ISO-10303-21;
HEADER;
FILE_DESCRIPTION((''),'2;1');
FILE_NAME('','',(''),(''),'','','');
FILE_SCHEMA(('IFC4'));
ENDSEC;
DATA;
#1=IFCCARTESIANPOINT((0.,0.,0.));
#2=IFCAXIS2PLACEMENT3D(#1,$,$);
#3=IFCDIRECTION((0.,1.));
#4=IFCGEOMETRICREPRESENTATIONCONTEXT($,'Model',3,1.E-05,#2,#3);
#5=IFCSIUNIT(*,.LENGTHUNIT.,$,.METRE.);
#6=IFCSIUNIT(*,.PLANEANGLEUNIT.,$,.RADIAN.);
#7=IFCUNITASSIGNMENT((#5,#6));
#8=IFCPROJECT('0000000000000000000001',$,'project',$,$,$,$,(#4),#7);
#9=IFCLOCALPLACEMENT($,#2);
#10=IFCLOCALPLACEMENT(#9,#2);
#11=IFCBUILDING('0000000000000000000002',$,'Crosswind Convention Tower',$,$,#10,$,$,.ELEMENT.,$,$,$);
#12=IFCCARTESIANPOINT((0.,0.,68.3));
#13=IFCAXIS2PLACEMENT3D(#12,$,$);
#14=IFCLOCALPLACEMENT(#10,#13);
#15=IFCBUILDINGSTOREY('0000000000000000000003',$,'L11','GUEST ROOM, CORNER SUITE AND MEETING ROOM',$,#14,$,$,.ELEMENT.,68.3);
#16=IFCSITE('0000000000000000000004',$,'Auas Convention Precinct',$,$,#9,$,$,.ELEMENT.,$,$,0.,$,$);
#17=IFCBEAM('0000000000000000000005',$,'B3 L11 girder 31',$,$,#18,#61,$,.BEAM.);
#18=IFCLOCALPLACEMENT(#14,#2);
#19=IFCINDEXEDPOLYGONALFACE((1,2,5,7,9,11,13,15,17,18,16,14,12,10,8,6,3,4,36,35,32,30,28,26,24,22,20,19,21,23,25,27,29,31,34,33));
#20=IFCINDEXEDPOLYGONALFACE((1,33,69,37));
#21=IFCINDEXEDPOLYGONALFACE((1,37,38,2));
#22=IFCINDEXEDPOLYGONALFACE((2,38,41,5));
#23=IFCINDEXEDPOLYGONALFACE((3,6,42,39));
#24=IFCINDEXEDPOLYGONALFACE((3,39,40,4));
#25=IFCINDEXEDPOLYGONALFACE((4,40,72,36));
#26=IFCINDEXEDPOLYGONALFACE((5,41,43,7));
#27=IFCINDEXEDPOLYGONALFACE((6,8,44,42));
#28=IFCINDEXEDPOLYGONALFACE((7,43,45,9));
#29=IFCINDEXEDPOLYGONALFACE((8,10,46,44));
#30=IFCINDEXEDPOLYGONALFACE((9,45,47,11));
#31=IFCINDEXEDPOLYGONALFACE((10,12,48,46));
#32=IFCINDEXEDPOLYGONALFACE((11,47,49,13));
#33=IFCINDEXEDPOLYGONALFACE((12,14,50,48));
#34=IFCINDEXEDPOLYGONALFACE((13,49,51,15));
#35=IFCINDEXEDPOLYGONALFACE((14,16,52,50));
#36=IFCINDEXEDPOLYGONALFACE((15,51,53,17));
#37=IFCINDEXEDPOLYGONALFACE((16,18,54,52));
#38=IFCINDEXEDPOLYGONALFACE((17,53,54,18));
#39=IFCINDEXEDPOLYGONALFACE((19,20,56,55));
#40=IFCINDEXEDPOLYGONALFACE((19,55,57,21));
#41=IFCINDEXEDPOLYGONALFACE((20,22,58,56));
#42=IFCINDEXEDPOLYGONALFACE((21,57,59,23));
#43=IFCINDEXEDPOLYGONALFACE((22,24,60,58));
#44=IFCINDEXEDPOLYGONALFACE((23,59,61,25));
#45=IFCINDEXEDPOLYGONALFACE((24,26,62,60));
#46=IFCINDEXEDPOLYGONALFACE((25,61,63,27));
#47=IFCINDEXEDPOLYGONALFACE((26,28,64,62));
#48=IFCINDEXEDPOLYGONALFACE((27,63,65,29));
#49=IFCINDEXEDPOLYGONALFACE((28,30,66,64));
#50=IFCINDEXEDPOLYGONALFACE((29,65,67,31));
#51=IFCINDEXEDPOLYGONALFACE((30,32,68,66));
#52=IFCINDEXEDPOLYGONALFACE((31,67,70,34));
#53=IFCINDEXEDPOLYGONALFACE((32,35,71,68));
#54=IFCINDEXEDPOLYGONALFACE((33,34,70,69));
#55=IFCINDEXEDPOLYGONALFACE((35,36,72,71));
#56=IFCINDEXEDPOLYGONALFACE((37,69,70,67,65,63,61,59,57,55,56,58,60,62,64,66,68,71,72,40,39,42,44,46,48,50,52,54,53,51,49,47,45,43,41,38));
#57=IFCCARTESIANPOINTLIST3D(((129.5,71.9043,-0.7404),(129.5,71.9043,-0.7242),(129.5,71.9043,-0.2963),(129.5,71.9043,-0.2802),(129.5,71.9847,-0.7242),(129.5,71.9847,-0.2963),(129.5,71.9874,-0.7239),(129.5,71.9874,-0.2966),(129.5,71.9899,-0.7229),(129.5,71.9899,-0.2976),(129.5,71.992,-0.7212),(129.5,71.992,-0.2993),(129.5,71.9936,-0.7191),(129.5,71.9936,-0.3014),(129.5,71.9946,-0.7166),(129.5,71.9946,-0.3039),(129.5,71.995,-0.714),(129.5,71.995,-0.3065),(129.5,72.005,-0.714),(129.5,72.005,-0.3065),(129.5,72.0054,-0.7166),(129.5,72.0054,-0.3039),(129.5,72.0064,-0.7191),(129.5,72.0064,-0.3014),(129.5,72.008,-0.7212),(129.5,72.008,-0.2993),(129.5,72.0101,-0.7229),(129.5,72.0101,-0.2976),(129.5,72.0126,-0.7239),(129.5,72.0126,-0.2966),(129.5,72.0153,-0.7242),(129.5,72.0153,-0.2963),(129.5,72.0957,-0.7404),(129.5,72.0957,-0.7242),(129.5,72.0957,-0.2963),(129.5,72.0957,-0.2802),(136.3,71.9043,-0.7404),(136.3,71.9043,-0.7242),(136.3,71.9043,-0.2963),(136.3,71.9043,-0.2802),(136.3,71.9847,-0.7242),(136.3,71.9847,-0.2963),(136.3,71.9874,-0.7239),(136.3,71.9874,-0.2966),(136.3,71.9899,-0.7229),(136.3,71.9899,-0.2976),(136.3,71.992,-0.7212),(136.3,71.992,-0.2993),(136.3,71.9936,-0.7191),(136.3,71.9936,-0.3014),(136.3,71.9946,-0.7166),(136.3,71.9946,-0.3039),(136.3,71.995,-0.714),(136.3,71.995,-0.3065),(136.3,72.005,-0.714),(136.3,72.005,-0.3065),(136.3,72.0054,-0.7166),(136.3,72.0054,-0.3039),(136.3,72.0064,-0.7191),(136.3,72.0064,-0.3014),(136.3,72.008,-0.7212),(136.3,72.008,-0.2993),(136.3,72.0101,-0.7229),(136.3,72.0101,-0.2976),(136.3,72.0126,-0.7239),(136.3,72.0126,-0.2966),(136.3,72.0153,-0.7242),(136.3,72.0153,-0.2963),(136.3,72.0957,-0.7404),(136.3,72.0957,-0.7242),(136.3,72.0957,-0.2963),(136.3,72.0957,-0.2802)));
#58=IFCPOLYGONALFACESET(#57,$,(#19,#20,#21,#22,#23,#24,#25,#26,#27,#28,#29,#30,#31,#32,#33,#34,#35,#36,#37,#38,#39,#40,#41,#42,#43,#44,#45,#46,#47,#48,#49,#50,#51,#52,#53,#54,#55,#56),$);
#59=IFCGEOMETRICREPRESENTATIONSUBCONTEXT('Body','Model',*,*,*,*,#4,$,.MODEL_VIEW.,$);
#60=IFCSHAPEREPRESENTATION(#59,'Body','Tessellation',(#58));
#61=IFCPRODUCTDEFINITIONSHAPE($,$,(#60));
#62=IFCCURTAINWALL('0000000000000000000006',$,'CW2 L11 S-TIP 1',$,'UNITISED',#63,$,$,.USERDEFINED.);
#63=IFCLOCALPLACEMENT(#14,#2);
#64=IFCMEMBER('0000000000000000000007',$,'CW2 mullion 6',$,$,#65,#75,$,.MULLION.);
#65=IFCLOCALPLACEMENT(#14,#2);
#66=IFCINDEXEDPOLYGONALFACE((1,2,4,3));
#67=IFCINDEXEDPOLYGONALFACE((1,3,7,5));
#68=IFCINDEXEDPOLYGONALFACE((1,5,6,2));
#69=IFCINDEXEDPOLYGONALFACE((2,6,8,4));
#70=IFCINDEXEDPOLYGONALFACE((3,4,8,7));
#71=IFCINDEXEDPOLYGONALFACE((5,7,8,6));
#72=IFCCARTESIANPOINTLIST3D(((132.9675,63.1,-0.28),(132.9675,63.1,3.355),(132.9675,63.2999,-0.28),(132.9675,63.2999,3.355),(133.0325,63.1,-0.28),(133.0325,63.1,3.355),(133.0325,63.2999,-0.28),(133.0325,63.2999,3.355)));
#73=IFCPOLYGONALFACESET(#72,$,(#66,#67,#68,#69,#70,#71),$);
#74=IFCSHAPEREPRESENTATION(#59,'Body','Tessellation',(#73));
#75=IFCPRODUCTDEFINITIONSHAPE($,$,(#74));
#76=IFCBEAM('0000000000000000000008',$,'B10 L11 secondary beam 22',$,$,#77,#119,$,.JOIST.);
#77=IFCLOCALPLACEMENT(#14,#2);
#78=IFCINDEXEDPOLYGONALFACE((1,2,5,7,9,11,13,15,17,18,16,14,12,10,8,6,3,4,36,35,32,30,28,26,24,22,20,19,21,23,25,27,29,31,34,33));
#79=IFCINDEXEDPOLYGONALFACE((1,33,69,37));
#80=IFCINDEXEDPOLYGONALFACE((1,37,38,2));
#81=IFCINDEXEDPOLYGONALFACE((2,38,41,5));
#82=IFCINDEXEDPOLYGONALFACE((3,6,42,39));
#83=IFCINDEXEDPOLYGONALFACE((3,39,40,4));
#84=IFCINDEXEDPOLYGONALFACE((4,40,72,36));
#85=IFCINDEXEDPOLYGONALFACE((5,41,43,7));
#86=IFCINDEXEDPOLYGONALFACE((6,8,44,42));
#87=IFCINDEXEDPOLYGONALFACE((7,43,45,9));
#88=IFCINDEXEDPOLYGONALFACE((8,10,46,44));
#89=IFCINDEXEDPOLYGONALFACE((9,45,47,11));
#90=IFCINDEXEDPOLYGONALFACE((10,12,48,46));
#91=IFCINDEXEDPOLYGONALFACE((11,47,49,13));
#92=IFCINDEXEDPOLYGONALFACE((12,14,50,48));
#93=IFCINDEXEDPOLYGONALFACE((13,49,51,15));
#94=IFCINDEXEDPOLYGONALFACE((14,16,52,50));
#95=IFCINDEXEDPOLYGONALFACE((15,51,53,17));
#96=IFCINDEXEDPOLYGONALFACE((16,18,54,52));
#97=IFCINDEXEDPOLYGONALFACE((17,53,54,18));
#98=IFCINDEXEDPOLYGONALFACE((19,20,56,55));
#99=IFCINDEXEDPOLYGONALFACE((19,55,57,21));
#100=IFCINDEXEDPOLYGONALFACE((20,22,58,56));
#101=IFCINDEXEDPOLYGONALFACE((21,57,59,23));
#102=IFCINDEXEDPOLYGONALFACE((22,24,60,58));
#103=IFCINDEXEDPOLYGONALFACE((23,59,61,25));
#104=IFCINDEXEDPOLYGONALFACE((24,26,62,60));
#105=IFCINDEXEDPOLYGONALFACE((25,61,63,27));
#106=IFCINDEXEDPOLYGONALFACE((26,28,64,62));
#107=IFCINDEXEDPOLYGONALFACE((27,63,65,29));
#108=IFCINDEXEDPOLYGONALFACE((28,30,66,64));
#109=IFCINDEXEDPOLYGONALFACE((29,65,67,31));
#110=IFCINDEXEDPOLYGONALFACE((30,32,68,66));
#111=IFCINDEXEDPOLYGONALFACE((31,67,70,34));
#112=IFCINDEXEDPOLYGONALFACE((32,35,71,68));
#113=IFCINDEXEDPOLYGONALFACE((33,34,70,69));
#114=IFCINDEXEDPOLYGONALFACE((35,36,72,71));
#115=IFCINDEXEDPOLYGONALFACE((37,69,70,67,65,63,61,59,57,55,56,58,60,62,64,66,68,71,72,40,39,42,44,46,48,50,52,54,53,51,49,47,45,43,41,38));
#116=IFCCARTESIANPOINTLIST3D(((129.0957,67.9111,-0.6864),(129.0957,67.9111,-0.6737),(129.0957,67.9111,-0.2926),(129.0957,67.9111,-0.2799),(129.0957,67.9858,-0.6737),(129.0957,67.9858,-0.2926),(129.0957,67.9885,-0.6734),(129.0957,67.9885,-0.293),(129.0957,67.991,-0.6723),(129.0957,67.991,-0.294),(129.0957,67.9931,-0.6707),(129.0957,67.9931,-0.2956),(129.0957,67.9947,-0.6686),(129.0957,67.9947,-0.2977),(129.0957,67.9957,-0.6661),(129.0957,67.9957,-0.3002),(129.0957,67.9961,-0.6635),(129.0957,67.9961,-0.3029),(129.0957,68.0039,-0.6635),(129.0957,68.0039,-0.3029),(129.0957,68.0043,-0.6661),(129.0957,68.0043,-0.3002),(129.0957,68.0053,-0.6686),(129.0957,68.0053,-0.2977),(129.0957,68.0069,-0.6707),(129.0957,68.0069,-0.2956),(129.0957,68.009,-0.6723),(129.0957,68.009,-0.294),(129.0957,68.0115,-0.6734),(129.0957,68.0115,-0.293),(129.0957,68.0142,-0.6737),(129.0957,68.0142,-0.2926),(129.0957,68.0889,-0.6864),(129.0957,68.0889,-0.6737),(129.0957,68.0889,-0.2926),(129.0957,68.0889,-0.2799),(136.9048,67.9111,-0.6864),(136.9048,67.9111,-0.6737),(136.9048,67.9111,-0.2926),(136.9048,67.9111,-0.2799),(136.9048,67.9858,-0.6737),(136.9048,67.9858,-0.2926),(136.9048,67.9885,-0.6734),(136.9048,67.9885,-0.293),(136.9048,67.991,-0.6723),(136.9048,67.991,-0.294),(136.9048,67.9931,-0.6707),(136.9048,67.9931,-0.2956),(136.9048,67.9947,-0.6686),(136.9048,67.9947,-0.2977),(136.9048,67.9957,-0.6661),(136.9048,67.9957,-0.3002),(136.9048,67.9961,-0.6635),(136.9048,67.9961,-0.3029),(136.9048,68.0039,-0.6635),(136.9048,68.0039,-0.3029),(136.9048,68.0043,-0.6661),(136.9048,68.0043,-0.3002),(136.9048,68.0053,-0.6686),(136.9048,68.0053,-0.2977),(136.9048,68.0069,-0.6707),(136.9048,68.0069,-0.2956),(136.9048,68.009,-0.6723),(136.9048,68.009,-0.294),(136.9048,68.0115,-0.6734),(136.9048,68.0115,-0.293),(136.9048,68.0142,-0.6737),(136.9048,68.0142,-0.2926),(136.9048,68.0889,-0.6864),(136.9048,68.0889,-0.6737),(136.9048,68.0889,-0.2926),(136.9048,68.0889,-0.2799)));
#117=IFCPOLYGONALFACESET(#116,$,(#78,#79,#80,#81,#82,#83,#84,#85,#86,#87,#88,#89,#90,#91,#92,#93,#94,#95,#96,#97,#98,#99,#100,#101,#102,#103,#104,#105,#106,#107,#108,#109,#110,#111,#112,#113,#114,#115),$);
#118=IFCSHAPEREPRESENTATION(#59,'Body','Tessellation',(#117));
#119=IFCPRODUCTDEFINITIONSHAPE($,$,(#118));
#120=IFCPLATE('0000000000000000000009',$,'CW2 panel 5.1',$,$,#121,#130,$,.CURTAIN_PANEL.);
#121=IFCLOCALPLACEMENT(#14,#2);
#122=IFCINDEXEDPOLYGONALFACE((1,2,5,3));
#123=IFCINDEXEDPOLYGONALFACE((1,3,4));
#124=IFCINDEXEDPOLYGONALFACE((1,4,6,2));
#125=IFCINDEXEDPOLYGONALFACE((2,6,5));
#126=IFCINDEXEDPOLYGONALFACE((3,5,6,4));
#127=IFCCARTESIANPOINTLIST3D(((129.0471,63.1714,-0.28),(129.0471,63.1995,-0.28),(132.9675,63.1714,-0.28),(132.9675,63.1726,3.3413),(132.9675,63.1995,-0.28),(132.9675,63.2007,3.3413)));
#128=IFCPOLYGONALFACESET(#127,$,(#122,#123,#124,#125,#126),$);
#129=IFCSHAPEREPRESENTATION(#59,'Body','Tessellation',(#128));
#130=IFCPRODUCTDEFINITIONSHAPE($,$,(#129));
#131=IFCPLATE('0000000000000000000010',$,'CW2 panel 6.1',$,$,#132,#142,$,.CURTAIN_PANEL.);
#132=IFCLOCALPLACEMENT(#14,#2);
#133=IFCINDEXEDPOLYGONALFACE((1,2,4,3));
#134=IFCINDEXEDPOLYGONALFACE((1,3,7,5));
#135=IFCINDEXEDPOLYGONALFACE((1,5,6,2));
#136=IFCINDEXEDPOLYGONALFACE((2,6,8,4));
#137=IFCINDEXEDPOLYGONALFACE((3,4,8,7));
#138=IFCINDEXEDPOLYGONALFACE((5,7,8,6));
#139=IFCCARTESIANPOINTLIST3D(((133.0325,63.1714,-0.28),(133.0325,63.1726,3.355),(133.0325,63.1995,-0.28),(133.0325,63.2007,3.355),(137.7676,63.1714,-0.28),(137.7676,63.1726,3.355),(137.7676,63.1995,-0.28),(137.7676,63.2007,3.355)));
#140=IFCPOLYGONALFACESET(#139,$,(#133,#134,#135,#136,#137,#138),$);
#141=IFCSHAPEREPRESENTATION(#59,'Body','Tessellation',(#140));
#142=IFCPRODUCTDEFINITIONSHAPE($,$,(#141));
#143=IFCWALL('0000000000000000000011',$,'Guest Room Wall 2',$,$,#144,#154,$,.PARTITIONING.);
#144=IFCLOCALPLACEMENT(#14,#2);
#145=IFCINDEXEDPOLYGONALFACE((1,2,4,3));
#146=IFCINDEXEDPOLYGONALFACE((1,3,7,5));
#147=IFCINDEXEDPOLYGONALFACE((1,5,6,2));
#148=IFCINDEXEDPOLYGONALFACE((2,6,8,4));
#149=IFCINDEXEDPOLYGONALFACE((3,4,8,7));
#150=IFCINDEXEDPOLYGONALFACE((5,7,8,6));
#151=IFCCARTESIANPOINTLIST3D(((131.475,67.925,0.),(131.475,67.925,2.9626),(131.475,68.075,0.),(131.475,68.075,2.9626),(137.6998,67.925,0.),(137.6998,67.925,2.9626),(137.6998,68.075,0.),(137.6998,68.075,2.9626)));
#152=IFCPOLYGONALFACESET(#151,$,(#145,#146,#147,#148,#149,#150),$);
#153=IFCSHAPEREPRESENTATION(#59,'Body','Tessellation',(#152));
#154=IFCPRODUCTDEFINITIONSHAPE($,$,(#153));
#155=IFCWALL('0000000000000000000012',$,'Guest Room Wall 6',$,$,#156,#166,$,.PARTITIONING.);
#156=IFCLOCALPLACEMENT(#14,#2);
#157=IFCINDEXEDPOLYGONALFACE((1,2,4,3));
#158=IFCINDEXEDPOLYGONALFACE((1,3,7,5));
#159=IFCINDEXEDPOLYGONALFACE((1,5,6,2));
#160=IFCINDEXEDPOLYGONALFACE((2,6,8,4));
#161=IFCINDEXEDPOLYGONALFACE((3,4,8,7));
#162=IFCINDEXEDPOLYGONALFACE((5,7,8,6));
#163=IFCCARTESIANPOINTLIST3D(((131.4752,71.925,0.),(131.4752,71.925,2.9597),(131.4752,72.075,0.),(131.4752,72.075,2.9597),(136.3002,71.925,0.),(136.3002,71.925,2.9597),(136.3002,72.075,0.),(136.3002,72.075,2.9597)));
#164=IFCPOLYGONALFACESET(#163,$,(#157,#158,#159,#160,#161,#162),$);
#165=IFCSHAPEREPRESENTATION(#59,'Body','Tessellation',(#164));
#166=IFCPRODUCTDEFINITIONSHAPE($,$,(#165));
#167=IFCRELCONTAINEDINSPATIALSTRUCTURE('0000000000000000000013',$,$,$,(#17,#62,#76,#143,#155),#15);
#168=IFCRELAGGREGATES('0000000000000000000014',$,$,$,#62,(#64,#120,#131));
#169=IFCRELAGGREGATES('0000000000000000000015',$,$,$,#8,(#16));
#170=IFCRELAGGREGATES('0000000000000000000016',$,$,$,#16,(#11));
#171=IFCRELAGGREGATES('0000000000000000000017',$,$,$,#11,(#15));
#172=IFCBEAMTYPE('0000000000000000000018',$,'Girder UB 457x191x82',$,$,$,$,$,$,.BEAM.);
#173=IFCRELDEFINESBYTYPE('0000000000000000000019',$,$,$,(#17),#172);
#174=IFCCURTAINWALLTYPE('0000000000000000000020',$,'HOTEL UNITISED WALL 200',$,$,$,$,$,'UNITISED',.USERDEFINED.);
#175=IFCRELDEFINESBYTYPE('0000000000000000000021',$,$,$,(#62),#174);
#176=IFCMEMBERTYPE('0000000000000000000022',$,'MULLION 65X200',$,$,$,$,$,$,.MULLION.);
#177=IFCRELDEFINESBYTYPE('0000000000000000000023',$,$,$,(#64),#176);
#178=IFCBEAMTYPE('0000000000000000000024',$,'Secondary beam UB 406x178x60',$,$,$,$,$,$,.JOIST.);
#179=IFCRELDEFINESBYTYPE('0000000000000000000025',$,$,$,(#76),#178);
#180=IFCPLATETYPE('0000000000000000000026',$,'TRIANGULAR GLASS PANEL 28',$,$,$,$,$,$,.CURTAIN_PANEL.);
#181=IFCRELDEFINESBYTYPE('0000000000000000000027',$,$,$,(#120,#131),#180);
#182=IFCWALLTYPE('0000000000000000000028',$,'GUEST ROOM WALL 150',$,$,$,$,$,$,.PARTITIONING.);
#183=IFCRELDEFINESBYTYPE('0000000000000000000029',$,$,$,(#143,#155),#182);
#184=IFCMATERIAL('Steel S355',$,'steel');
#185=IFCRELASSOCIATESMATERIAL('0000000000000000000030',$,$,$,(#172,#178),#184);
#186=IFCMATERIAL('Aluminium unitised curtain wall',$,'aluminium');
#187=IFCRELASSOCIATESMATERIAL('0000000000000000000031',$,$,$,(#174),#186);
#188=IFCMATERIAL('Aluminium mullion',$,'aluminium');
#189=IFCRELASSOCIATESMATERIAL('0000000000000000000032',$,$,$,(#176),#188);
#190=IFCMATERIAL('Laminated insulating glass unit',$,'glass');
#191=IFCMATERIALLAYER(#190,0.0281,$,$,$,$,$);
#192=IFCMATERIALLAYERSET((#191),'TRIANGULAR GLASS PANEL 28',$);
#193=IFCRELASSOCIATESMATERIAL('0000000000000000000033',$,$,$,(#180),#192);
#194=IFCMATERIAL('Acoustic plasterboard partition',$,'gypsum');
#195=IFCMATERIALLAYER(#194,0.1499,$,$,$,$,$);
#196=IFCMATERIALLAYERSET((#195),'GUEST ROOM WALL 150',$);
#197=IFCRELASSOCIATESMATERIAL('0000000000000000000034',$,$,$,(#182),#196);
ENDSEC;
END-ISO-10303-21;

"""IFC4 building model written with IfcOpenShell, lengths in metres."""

from ifc_helpers import new_model, si_unit, direction, frame, frame_2d, origin, origin_2d, place, context, subcontext, project, spatial, polyline, rectangle, i_section, outline, extrude, material, layer, layer_set, material_profile, profile_set, type_object, element, aggregate, save


model = new_model("IFC4")

# Units and contexts
model_context = context("Model", 3, precision=1e-05, world=origin(), true_north=direction((0.0, 1.0)))
body_context = subcontext(model_context, "Body", "Model", "MODEL_VIEW")
ifc_project = project(units=[si_unit("LENGTHUNIT", "METRE"), si_unit("PLANEANGLEUNIT", "RADIAN")], contexts=[model_context])

# Site, building, storey
site_placement = place(None, origin())
site = spatial("IfcSite", under=ifc_project, at=site_placement, Name="Auas Convention Precinct", CompositionType="ELEMENT", RefElevation=0.0)
building_placement = place(site_placement, origin())
building = spatial("IfcBuilding", under=site, at=building_placement, Name="Crosswind Convention Tower", CompositionType="ELEMENT")
storey_placement = place(building_placement, frame((0.0, 0.0, 68.3)))
storey = spatial("IfcBuildingStorey", under=building, at=storey_placement, Name="L11", Description="GUEST ROOM, CORNER SUITE AND MEETING ROOM", CompositionType="ELEMENT", Elevation=68.3)

# Beam
ifc_material_1 = material(Name="Steel S355", Category="steel")
ifc_material_profile_1 = material_profile(ifc_material_1, i_section(OverallWidth=0.1914, OverallDepth=0.4602, WebThickness=0.01, FlangeThickness=0.0161, FilletRadius=0.0103, at=origin_2d()), Name="UB 457x191x82")
ifc_profile_set_1 = profile_set([ifc_material_profile_1], Name="Steel S355")
beam_type_1 = type_object("IfcBeamType", Name="Girder UB 457x191x82", PredefinedType="BEAM", material=ifc_profile_set_1)
beam_1_placement = place(storey_placement, frame((129.5, 72.0, -0.5103), z_axis=(1.0, 0.0, 0.0), x_axis=(0.0, 1.0, 0.0)))
element("IfcBeam", 1, at=beam_1_placement, inside=storey, type_object=beam_type_1, Name="B3 L11 girder 31", PredefinedType="BEAM", context=body_context, shape_type="SweptSolid", body=[
    extrude(i_section(OverallWidth=0.1914, OverallDepth=0.4602, WebThickness=0.01, FlangeThickness=0.0161, FilletRadius=0.0103, at=origin_2d()), origin(), (0.0, 0.0, 1.0), 6.8),
])

# Curtain wall, member
ifc_material_2 = material(Name="Aluminium unitised curtain wall", Category="aluminium")
curtain_wall_type = type_object("IfcCurtainWallType", Name="HOTEL UNITISED WALL 200", ElementType="UNITISED", PredefinedType="USERDEFINED", material=ifc_material_2)
curtain_wall_placement = place(storey_placement, origin())
curtain_wall = element("IfcCurtainWall", 2, at=curtain_wall_placement, inside=storey, type_object=curtain_wall_type, Name="CW2 L11 S-TIP 1", ObjectType="UNITISED", PredefinedType="USERDEFINED")
ifc_material_3 = material(Name="Aluminium mullion", Category="aluminium")
ifc_material_profile_2 = material_profile(ifc_material_3, rectangle(XDim=0.2, YDim=0.0649, at=origin_2d()), Name="AL 200X65")
ifc_profile_set_2 = profile_set([ifc_material_profile_2], Name="Aluminium mullion")
member_type = type_object("IfcMemberType", Name="MULLION 65X200", PredefinedType="MULLION", material=ifc_profile_set_2)
member_placement = place(storey_placement, frame((133.0, 63.2, -0.28), z_axis=(0.0, 0.0, 1.0), x_axis=(0.0, -1.0, 0.0)))
member = element("IfcMember", 3, at=member_placement, type_object=member_type, Name="CW2 mullion 6", PredefinedType="MULLION", context=body_context, shape_type="SweptSolid", body=[
    extrude(rectangle(XDim=0.2, YDim=0.0649, at=origin_2d()), origin(), (0.0, 0.0, 1.0), 3.635),
])

# Beam
ifc_material_profile_3 = material_profile(ifc_material_1, i_section(OverallWidth=0.1777, OverallDepth=0.4065, WebThickness=0.0078, FlangeThickness=0.0127, FilletRadius=0.0103, at=origin_2d()), Name="UB 406x178x60")
ifc_profile_set_3 = profile_set([ifc_material_profile_3], Name="Steel S355")
beam_type_2 = type_object("IfcBeamType", Name="Secondary beam UB 406x178x60", PredefinedType="JOIST", material=ifc_profile_set_3)
beam_2_placement = place(storey_placement, frame((129.0957, 68.0, -0.4832), z_axis=(1.0, 0.0, 0.0), x_axis=(0.0, 1.0, 0.0)))
element("IfcBeam", 4, at=beam_2_placement, inside=storey, type_object=beam_type_2, Name="B10 L11 secondary beam 22", PredefinedType="JOIST", context=body_context, shape_type="SweptSolid", body=[
    extrude(i_section(OverallWidth=0.1777, OverallDepth=0.4065, WebThickness=0.0078, FlangeThickness=0.0127, FilletRadius=0.0103, at=origin_2d()), origin(), (0.0, 0.0, 1.0), 7.8091),
])

# Plates
ifc_material_4 = material(Name="Laminated insulating glass unit", Category="glass")
ifc_layer_1 = layer(ifc_material_4, 0.0281)
ifc_layer_set_1 = layer_set([ifc_layer_1], Name="TRIANGULAR GLASS PANEL 28")
plate_type = type_object("IfcPlateType", Name="TRIANGULAR GLASS PANEL 28", PredefinedType="CURTAIN_PANEL", material=ifc_layer_set_1)
plate_1_placement = place(storey_placement, frame((132.9675, 63.1714, -0.28), z_axis=(0.0, -1.0, 0.000337), x_axis=(0.0, 0.000337, 1.0)))
plate_1 = element("IfcPlate", 5, at=plate_1_placement, type_object=plate_type, Name="CW2 panel 5.1", PredefinedType="CURTAIN_PANEL", context=body_context, shape_type="SweptSolid", body=[
    extrude(outline(polyline([(0.0, 0.0), (3.6213, 0.0), (0.0, 3.9204), (0.0, 0.0)])), origin(), (0.0, 0.0, -1.0), 0.0281),
])
plate_2_placement = place(storey_placement, frame((133.0325, 63.1714, -0.28), z_axis=(0.0, -1.0, 0.000336), x_axis=(1.0, 0.0, 0.0)))
plate_2 = element("IfcPlate", 6, at=plate_2_placement, type_object=plate_type, Name="CW2 panel 6.1", PredefinedType="CURTAIN_PANEL", context=body_context, shape_type="SweptSolid", body=[
    extrude(outline(polyline([(0.0, 0.0), (4.7351, 0.0), (4.7351, 3.635), (0.0, 3.635), (0.0, 0.0)])), origin(), (0.0, 0.0, -1.0), 0.0281),
])
aggregate(curtain_wall, [member, plate_1, plate_2])

# Walls
ifc_material_5 = material(Name="Acoustic plasterboard partition", Category="gypsum")
ifc_layer_2 = layer(ifc_material_5, 0.1499)
ifc_layer_set_2 = layer_set([ifc_layer_2], Name="GUEST ROOM WALL 150")
wall_type_1 = type_object("IfcWallType", Name="GUEST ROOM WALL 150", PredefinedType="PARTITIONING", material=ifc_layer_set_2)
wall_1_placement = place(storey_placement, frame((131.4751, 68.0, 0.0), z_axis=(0.0, 0.0, 1.0), x_axis=(1.0, 0.0, 0.0)))
element("IfcWall", 7, at=wall_1_placement, inside=storey, type_object=wall_type_1, Name="Guest Room Wall 2", PredefinedType="PARTITIONING", context=body_context, shape_type="SweptSolid", body=[
    extrude(rectangle(XDim=6.2249, YDim=0.1499, at=frame_2d((3.1123, 0.0))), origin(), (0.0, 0.0, 1.0), 2.9626),
])
wall_2_placement = place(storey_placement, frame((131.4751, 72.0, 0.0), z_axis=(0.0, 0.0, 1.0), x_axis=(1.0, 0.0, 0.0)))
element("IfcWall", 8, at=wall_2_placement, inside=storey, type_object=wall_type_1, Name="Guest Room Wall 6", PredefinedType="PARTITIONING", context=body_context, shape_type="SweptSolid", body=[
    extrude(rectangle(XDim=4.825, YDim=0.1499, at=frame_2d((2.4126, 0.0))), origin(), (0.0, 0.0, 1.0), 2.9597),
])

save(model, "model.ifc")
